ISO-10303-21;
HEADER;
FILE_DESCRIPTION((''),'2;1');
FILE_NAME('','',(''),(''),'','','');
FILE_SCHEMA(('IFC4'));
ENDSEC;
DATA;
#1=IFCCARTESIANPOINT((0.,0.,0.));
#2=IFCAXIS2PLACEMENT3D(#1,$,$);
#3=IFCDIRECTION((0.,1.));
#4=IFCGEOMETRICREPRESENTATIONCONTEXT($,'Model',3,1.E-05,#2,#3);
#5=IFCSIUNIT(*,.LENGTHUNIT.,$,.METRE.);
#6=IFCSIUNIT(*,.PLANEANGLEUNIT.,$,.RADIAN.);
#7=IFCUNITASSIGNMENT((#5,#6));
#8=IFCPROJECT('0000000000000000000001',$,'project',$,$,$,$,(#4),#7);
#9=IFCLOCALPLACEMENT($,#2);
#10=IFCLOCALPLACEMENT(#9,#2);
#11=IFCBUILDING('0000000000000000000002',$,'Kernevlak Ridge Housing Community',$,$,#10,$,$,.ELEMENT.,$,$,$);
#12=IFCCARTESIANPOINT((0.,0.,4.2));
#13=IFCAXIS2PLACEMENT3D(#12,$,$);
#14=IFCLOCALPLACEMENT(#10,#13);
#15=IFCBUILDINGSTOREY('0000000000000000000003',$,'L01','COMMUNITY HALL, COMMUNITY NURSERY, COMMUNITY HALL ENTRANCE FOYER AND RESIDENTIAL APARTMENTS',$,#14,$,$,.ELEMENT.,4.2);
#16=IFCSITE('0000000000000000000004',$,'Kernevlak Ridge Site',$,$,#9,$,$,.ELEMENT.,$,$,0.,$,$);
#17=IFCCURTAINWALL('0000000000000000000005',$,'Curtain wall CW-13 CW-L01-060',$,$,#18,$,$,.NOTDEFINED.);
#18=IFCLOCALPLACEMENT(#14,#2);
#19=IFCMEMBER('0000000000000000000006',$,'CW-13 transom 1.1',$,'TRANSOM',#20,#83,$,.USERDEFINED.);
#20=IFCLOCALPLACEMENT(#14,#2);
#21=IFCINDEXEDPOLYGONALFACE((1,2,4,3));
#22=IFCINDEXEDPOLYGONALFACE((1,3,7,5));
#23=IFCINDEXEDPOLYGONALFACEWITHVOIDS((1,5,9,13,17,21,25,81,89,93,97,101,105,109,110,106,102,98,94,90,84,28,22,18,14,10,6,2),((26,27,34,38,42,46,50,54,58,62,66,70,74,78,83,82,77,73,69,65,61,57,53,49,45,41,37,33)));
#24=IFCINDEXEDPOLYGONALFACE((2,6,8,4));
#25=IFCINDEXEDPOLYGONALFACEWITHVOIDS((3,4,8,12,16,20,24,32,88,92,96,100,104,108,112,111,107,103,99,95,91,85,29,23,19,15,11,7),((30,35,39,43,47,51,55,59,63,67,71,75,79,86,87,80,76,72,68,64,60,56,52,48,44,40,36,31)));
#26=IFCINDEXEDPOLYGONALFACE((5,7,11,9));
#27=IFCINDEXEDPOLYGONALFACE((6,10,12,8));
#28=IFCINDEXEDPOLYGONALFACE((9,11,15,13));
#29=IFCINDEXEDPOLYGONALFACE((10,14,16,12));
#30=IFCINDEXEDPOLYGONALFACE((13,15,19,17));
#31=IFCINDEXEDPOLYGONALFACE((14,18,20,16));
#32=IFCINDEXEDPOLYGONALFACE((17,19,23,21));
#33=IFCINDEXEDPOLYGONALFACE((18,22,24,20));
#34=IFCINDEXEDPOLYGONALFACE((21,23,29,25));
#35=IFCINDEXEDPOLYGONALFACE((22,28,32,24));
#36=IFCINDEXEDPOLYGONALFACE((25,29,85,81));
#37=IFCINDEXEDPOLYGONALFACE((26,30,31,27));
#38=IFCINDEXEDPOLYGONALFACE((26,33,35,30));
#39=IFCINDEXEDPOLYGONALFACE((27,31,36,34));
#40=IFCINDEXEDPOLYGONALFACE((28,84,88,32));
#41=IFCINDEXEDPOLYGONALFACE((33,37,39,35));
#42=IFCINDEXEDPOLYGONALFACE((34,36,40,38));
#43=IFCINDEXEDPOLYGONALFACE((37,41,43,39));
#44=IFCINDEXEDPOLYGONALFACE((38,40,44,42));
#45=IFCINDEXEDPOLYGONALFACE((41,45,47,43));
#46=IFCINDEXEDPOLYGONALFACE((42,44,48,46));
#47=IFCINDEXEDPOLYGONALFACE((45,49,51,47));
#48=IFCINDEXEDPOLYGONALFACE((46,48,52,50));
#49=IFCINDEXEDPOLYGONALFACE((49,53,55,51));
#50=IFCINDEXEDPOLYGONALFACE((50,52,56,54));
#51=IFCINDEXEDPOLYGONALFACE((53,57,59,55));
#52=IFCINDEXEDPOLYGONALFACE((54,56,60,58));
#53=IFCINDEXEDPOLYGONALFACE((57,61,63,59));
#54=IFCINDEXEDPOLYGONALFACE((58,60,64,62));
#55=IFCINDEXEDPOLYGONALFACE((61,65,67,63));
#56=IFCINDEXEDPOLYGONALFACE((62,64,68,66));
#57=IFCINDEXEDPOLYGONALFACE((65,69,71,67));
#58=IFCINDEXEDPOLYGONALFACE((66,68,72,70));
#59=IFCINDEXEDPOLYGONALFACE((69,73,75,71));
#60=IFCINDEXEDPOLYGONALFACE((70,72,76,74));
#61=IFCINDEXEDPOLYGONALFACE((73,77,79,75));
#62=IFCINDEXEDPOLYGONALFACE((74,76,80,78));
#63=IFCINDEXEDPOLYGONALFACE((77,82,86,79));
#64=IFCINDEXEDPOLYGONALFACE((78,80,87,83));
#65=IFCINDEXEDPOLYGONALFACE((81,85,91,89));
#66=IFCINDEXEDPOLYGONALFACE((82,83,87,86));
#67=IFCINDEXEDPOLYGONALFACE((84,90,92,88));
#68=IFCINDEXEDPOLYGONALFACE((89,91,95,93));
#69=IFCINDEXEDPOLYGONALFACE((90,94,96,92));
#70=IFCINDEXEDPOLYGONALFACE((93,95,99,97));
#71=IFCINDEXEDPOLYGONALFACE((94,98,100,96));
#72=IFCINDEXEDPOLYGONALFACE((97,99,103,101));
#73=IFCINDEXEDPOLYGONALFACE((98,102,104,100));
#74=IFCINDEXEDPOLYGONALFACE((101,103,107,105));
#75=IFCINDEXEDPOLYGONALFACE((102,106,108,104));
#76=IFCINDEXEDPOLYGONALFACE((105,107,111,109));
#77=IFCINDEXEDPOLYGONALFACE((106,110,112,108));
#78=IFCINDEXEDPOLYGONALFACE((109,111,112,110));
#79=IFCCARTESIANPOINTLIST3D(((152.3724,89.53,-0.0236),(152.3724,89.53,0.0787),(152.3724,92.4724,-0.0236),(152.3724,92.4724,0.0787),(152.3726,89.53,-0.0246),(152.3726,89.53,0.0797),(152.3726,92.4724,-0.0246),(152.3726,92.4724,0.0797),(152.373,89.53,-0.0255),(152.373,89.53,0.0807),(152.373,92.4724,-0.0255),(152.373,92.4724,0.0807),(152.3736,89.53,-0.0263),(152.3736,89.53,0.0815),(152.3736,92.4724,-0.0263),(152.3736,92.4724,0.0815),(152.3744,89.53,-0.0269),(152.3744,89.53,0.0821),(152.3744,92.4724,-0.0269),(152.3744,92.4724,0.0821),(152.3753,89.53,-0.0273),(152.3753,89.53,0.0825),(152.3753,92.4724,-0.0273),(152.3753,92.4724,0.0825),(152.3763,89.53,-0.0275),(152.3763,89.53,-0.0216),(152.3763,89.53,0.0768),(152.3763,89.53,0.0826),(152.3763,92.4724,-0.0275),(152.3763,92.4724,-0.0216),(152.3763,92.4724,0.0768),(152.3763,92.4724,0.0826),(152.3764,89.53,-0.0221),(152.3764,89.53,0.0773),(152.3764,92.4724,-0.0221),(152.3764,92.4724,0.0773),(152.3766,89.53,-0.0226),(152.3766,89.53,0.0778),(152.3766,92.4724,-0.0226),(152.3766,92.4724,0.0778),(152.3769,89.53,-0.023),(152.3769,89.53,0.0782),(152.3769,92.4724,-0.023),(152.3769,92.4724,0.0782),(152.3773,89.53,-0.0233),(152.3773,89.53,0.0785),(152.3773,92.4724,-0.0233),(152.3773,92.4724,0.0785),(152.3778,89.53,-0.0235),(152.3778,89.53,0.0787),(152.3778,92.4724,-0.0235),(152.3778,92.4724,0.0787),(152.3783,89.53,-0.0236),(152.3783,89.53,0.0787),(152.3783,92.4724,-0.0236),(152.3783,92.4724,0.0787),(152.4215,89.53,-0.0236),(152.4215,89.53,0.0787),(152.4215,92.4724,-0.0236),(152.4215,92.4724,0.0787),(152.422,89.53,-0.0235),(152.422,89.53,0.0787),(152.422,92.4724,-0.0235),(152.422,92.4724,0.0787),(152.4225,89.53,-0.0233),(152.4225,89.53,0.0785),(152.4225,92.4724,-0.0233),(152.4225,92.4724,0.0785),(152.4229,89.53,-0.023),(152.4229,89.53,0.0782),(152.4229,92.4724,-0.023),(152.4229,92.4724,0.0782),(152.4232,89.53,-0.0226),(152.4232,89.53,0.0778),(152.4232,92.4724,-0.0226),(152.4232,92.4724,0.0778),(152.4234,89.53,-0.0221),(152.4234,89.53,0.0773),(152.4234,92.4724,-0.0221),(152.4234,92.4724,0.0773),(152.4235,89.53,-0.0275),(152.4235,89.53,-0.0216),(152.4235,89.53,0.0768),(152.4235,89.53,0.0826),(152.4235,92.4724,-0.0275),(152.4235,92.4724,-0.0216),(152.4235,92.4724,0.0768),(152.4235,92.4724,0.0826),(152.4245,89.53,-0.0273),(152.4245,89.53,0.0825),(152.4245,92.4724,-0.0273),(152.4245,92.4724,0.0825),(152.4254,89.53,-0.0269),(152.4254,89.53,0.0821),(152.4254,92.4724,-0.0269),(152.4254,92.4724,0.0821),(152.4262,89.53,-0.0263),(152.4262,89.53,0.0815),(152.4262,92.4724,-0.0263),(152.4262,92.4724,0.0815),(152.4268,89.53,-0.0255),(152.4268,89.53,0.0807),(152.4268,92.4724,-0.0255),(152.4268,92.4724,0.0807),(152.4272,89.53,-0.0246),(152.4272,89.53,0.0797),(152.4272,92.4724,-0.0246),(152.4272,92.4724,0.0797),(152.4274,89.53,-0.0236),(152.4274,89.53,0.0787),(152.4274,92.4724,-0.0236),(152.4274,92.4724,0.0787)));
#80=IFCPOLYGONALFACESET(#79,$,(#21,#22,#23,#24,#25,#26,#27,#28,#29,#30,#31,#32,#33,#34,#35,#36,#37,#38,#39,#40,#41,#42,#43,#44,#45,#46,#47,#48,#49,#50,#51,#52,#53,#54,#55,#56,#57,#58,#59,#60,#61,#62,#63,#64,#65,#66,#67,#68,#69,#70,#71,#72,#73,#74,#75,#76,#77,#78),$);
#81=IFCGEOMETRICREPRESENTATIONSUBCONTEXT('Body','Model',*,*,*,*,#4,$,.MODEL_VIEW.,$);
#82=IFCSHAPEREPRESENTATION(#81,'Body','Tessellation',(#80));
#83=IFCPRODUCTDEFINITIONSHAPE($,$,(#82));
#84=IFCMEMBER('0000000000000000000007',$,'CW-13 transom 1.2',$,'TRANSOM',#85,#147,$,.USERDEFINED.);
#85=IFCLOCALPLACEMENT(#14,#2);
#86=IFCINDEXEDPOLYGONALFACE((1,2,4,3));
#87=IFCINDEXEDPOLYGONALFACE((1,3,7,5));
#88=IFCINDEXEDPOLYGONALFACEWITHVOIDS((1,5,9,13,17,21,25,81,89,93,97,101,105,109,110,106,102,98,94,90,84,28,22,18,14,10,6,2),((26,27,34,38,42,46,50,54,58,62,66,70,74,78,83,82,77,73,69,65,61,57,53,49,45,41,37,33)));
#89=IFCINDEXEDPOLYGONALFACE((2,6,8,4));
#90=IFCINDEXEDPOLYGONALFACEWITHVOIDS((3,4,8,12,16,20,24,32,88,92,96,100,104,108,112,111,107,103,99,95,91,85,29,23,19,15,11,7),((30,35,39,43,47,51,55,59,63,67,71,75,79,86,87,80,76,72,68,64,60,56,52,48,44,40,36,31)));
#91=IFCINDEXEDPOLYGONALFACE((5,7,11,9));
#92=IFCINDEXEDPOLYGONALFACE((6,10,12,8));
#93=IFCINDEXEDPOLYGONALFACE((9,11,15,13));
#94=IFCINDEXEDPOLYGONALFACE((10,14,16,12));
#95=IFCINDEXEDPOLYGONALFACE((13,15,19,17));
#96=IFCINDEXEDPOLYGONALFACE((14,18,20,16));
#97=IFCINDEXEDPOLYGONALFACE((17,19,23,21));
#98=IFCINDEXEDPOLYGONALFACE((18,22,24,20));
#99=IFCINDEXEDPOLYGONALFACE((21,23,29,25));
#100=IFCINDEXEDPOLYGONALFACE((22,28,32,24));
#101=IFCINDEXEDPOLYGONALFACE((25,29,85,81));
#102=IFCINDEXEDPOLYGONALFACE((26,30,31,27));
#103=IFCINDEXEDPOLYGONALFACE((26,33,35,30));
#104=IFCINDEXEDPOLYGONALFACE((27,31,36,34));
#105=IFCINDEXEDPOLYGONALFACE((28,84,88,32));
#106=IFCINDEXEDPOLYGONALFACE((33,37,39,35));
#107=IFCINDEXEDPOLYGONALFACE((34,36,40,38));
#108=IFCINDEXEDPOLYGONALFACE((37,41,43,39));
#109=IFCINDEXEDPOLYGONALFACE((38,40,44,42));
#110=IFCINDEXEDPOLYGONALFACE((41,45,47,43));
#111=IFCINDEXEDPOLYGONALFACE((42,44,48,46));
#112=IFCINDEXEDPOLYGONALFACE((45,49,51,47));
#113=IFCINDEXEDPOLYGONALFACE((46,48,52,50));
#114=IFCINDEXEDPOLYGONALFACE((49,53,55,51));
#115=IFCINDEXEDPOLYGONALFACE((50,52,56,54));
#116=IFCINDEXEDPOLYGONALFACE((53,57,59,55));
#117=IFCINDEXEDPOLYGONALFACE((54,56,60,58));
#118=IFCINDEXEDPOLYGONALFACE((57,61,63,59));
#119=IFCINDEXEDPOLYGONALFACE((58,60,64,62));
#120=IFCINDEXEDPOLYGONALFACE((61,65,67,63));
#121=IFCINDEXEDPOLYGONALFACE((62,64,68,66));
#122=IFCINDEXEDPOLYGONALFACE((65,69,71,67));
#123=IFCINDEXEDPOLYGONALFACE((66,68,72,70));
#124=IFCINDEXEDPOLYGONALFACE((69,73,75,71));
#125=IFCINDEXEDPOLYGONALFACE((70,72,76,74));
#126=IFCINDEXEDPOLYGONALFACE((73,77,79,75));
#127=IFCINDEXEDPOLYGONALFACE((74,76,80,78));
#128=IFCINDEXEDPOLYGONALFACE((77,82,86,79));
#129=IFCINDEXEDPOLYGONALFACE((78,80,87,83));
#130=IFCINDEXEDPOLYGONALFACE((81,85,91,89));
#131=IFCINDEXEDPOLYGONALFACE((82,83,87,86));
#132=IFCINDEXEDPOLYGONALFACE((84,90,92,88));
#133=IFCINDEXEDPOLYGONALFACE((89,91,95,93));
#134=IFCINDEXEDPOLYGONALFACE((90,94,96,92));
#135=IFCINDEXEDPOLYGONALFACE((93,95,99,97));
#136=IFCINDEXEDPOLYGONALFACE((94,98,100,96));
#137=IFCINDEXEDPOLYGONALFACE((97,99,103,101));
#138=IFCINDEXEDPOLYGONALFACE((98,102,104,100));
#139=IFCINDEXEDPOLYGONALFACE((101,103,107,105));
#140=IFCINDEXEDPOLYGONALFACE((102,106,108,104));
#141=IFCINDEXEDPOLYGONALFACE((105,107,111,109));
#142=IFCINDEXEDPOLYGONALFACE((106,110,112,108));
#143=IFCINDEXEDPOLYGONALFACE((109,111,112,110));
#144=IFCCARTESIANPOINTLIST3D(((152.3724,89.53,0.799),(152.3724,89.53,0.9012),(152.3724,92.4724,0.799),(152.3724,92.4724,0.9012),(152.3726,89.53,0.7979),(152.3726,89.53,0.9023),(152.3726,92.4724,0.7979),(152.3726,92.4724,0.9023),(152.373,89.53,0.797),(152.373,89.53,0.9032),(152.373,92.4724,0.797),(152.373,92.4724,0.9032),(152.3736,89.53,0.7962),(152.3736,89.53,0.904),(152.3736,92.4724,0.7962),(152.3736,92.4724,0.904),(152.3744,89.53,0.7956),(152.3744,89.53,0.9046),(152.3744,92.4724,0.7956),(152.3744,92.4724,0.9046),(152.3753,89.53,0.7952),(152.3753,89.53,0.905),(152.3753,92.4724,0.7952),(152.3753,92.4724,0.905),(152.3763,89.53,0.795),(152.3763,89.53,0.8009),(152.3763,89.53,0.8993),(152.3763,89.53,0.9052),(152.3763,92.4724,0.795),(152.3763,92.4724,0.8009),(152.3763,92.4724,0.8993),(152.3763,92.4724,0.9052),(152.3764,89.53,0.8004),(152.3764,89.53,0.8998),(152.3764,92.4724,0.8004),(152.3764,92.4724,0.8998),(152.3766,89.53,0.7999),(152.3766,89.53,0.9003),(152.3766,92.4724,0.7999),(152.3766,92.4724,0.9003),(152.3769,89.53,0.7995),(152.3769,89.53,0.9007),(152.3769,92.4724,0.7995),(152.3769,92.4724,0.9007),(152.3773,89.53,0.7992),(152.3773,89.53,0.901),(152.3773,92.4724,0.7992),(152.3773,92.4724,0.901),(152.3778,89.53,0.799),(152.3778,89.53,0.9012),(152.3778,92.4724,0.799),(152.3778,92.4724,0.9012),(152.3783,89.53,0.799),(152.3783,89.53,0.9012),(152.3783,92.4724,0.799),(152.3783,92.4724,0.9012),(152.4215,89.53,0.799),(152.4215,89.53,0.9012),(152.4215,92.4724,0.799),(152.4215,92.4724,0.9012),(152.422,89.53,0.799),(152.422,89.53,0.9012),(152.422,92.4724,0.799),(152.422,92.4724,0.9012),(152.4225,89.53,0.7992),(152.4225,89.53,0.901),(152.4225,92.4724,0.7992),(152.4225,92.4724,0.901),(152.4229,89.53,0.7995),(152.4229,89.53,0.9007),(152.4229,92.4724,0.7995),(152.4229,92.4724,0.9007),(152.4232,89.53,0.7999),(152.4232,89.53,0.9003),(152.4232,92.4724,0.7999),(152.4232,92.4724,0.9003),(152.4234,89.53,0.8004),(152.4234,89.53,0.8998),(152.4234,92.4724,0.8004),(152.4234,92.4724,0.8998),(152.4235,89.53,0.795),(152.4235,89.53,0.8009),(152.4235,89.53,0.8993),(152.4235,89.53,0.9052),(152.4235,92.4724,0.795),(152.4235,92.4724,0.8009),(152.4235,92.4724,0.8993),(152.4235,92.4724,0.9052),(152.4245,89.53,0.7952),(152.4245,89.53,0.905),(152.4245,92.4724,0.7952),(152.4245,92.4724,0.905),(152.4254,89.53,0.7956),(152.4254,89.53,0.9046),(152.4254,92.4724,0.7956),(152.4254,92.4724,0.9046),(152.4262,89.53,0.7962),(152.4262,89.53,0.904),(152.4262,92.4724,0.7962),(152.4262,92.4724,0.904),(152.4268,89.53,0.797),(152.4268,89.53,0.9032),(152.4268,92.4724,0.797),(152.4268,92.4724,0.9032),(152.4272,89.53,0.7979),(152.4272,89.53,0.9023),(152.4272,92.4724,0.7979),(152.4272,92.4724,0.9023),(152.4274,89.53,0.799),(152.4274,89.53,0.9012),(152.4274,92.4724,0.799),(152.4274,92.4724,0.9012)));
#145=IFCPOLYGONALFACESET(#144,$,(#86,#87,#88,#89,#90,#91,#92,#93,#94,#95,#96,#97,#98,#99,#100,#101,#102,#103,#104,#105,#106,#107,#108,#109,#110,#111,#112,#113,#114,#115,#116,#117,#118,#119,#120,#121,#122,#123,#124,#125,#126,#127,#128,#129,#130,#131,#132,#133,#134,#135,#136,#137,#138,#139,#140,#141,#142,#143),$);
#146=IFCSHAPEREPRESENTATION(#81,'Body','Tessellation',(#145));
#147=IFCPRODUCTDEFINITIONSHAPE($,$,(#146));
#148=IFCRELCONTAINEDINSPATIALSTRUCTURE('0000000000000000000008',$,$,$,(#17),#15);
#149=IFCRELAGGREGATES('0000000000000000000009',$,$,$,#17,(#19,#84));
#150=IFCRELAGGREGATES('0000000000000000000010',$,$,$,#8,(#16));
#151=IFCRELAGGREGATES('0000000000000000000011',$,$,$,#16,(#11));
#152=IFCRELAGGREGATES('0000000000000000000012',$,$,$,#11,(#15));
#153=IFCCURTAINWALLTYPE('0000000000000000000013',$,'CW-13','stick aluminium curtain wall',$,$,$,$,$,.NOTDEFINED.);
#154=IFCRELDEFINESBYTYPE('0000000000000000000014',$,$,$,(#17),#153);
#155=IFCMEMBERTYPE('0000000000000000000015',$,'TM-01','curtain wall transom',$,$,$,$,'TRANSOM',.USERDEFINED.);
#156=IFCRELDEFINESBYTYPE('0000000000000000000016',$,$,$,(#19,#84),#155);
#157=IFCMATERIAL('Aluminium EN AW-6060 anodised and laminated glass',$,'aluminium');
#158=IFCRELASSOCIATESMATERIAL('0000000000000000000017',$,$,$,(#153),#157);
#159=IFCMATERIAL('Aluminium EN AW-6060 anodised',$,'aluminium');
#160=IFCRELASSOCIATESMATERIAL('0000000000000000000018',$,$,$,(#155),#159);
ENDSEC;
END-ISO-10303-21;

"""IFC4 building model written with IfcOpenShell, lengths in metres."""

from ifc_helpers import new_model, si_unit, direction, frame, origin, origin_2d, place, context, subcontext, project, spatial, hollow_rectangle, extrude, material, material_profile, profile_set, type_object, element, aggregate, save


model = new_model("IFC4")

# Units and contexts
model_context = context("Model", 3, precision=1e-05, world=origin(), true_north=direction((0.0, 1.0)))
body_context = subcontext(model_context, "Body", "Model", "MODEL_VIEW")
ifc_project = project(units=[si_unit("LENGTHUNIT", "METRE"), si_unit("PLANEANGLEUNIT", "RADIAN")], contexts=[model_context])

# Site, building, storey
site_placement = place(None, origin())
site = spatial("IfcSite", under=ifc_project, at=site_placement, Name="Kernevlak Ridge Site", CompositionType="ELEMENT", RefElevation=0.0)
building_placement = place(site_placement, origin())
building = spatial("IfcBuilding", under=site, at=building_placement, Name="Kernevlak Ridge Housing Community", CompositionType="ELEMENT")
storey_placement = place(building_placement, frame((0.0, 0.0, 4.2)))
storey = spatial("IfcBuildingStorey", under=building, at=storey_placement, Name="L01", Description="COMMUNITY HALL, COMMUNITY NURSERY, COMMUNITY HALL ENTRANCE FOYER AND RESIDENTIAL APARTMENTS", CompositionType="ELEMENT", Elevation=4.2)

# Curtain wall
ifc_material_1 = material(Name="Aluminium EN AW-6060 anodised and laminated glass", Category="aluminium")
curtain_wall_type = type_object("IfcCurtainWallType", Name="CW-13", Description="stick aluminium curtain wall", PredefinedType="NOTDEFINED", material=ifc_material_1)
curtain_wall_placement = place(storey_placement, origin())
curtain_wall = element("IfcCurtainWall", 1, at=curtain_wall_placement, inside=storey, type_object=curtain_wall_type, Name="Curtain wall CW-13 CW-L01-060", PredefinedType="NOTDEFINED")
ifc_material_2 = material(Name="Aluminium EN AW-6060 anodised", Category="aluminium")

# Members
ifc_material_profile_1 = material_profile(ifc_material_2, hollow_rectangle(XDim=0.0549, YDim=0.1101, WallThickness=0.0039, InnerFilletRadius=0.002, OuterFilletRadius=0.0039, at=origin_2d()), Name="ALU 55x110x4")
ifc_profile_set_1 = profile_set([ifc_material_profile_1], Name="Aluminium EN AW-6060 anodised")
member_type_1 = type_object("IfcMemberType", Name="TM-01", Description="curtain wall transom", ElementType="TRANSOM", PredefinedType="USERDEFINED", material=ifc_profile_set_1)
member_1_placement = place(storey_placement, frame((152.3999, 89.53, 0.0276), z_axis=(0.0, 1.0, 0.0), x_axis=(-1.0, 0.0, 0.0)))
member_1 = element("IfcMember", 2, at=member_1_placement, type_object=member_type_1, Name="CW-13 transom 1.1", ObjectType="TRANSOM", PredefinedType="USERDEFINED", context=body_context, shape_type="SweptSolid", body=[
    extrude(hollow_rectangle(XDim=0.0549, YDim=0.1101, WallThickness=0.0039, InnerFilletRadius=0.002, OuterFilletRadius=0.0039, at=origin_2d()), origin(), (0.0, 0.0, 1.0), 2.9424),
])
member_2_placement = place(storey_placement, frame((152.3999, 89.53, 0.8501), z_axis=(0.0, 1.0, 0.0), x_axis=(-1.0, 0.0, 0.0)))
member_2 = element("IfcMember", 3, at=member_2_placement, type_object=member_type_1, Name="CW-13 transom 1.2", ObjectType="TRANSOM", PredefinedType="USERDEFINED", context=body_context, shape_type="SweptSolid", body=[
    extrude(hollow_rectangle(XDim=0.0549, YDim=0.1101, WallThickness=0.0039, InnerFilletRadius=0.002, OuterFilletRadius=0.0039, at=origin_2d()), origin(), (0.0, 0.0, 1.0), 2.9424),
])

aggregate(curtain_wall, [member_1, member_2])

save(model, "model.ifc")
